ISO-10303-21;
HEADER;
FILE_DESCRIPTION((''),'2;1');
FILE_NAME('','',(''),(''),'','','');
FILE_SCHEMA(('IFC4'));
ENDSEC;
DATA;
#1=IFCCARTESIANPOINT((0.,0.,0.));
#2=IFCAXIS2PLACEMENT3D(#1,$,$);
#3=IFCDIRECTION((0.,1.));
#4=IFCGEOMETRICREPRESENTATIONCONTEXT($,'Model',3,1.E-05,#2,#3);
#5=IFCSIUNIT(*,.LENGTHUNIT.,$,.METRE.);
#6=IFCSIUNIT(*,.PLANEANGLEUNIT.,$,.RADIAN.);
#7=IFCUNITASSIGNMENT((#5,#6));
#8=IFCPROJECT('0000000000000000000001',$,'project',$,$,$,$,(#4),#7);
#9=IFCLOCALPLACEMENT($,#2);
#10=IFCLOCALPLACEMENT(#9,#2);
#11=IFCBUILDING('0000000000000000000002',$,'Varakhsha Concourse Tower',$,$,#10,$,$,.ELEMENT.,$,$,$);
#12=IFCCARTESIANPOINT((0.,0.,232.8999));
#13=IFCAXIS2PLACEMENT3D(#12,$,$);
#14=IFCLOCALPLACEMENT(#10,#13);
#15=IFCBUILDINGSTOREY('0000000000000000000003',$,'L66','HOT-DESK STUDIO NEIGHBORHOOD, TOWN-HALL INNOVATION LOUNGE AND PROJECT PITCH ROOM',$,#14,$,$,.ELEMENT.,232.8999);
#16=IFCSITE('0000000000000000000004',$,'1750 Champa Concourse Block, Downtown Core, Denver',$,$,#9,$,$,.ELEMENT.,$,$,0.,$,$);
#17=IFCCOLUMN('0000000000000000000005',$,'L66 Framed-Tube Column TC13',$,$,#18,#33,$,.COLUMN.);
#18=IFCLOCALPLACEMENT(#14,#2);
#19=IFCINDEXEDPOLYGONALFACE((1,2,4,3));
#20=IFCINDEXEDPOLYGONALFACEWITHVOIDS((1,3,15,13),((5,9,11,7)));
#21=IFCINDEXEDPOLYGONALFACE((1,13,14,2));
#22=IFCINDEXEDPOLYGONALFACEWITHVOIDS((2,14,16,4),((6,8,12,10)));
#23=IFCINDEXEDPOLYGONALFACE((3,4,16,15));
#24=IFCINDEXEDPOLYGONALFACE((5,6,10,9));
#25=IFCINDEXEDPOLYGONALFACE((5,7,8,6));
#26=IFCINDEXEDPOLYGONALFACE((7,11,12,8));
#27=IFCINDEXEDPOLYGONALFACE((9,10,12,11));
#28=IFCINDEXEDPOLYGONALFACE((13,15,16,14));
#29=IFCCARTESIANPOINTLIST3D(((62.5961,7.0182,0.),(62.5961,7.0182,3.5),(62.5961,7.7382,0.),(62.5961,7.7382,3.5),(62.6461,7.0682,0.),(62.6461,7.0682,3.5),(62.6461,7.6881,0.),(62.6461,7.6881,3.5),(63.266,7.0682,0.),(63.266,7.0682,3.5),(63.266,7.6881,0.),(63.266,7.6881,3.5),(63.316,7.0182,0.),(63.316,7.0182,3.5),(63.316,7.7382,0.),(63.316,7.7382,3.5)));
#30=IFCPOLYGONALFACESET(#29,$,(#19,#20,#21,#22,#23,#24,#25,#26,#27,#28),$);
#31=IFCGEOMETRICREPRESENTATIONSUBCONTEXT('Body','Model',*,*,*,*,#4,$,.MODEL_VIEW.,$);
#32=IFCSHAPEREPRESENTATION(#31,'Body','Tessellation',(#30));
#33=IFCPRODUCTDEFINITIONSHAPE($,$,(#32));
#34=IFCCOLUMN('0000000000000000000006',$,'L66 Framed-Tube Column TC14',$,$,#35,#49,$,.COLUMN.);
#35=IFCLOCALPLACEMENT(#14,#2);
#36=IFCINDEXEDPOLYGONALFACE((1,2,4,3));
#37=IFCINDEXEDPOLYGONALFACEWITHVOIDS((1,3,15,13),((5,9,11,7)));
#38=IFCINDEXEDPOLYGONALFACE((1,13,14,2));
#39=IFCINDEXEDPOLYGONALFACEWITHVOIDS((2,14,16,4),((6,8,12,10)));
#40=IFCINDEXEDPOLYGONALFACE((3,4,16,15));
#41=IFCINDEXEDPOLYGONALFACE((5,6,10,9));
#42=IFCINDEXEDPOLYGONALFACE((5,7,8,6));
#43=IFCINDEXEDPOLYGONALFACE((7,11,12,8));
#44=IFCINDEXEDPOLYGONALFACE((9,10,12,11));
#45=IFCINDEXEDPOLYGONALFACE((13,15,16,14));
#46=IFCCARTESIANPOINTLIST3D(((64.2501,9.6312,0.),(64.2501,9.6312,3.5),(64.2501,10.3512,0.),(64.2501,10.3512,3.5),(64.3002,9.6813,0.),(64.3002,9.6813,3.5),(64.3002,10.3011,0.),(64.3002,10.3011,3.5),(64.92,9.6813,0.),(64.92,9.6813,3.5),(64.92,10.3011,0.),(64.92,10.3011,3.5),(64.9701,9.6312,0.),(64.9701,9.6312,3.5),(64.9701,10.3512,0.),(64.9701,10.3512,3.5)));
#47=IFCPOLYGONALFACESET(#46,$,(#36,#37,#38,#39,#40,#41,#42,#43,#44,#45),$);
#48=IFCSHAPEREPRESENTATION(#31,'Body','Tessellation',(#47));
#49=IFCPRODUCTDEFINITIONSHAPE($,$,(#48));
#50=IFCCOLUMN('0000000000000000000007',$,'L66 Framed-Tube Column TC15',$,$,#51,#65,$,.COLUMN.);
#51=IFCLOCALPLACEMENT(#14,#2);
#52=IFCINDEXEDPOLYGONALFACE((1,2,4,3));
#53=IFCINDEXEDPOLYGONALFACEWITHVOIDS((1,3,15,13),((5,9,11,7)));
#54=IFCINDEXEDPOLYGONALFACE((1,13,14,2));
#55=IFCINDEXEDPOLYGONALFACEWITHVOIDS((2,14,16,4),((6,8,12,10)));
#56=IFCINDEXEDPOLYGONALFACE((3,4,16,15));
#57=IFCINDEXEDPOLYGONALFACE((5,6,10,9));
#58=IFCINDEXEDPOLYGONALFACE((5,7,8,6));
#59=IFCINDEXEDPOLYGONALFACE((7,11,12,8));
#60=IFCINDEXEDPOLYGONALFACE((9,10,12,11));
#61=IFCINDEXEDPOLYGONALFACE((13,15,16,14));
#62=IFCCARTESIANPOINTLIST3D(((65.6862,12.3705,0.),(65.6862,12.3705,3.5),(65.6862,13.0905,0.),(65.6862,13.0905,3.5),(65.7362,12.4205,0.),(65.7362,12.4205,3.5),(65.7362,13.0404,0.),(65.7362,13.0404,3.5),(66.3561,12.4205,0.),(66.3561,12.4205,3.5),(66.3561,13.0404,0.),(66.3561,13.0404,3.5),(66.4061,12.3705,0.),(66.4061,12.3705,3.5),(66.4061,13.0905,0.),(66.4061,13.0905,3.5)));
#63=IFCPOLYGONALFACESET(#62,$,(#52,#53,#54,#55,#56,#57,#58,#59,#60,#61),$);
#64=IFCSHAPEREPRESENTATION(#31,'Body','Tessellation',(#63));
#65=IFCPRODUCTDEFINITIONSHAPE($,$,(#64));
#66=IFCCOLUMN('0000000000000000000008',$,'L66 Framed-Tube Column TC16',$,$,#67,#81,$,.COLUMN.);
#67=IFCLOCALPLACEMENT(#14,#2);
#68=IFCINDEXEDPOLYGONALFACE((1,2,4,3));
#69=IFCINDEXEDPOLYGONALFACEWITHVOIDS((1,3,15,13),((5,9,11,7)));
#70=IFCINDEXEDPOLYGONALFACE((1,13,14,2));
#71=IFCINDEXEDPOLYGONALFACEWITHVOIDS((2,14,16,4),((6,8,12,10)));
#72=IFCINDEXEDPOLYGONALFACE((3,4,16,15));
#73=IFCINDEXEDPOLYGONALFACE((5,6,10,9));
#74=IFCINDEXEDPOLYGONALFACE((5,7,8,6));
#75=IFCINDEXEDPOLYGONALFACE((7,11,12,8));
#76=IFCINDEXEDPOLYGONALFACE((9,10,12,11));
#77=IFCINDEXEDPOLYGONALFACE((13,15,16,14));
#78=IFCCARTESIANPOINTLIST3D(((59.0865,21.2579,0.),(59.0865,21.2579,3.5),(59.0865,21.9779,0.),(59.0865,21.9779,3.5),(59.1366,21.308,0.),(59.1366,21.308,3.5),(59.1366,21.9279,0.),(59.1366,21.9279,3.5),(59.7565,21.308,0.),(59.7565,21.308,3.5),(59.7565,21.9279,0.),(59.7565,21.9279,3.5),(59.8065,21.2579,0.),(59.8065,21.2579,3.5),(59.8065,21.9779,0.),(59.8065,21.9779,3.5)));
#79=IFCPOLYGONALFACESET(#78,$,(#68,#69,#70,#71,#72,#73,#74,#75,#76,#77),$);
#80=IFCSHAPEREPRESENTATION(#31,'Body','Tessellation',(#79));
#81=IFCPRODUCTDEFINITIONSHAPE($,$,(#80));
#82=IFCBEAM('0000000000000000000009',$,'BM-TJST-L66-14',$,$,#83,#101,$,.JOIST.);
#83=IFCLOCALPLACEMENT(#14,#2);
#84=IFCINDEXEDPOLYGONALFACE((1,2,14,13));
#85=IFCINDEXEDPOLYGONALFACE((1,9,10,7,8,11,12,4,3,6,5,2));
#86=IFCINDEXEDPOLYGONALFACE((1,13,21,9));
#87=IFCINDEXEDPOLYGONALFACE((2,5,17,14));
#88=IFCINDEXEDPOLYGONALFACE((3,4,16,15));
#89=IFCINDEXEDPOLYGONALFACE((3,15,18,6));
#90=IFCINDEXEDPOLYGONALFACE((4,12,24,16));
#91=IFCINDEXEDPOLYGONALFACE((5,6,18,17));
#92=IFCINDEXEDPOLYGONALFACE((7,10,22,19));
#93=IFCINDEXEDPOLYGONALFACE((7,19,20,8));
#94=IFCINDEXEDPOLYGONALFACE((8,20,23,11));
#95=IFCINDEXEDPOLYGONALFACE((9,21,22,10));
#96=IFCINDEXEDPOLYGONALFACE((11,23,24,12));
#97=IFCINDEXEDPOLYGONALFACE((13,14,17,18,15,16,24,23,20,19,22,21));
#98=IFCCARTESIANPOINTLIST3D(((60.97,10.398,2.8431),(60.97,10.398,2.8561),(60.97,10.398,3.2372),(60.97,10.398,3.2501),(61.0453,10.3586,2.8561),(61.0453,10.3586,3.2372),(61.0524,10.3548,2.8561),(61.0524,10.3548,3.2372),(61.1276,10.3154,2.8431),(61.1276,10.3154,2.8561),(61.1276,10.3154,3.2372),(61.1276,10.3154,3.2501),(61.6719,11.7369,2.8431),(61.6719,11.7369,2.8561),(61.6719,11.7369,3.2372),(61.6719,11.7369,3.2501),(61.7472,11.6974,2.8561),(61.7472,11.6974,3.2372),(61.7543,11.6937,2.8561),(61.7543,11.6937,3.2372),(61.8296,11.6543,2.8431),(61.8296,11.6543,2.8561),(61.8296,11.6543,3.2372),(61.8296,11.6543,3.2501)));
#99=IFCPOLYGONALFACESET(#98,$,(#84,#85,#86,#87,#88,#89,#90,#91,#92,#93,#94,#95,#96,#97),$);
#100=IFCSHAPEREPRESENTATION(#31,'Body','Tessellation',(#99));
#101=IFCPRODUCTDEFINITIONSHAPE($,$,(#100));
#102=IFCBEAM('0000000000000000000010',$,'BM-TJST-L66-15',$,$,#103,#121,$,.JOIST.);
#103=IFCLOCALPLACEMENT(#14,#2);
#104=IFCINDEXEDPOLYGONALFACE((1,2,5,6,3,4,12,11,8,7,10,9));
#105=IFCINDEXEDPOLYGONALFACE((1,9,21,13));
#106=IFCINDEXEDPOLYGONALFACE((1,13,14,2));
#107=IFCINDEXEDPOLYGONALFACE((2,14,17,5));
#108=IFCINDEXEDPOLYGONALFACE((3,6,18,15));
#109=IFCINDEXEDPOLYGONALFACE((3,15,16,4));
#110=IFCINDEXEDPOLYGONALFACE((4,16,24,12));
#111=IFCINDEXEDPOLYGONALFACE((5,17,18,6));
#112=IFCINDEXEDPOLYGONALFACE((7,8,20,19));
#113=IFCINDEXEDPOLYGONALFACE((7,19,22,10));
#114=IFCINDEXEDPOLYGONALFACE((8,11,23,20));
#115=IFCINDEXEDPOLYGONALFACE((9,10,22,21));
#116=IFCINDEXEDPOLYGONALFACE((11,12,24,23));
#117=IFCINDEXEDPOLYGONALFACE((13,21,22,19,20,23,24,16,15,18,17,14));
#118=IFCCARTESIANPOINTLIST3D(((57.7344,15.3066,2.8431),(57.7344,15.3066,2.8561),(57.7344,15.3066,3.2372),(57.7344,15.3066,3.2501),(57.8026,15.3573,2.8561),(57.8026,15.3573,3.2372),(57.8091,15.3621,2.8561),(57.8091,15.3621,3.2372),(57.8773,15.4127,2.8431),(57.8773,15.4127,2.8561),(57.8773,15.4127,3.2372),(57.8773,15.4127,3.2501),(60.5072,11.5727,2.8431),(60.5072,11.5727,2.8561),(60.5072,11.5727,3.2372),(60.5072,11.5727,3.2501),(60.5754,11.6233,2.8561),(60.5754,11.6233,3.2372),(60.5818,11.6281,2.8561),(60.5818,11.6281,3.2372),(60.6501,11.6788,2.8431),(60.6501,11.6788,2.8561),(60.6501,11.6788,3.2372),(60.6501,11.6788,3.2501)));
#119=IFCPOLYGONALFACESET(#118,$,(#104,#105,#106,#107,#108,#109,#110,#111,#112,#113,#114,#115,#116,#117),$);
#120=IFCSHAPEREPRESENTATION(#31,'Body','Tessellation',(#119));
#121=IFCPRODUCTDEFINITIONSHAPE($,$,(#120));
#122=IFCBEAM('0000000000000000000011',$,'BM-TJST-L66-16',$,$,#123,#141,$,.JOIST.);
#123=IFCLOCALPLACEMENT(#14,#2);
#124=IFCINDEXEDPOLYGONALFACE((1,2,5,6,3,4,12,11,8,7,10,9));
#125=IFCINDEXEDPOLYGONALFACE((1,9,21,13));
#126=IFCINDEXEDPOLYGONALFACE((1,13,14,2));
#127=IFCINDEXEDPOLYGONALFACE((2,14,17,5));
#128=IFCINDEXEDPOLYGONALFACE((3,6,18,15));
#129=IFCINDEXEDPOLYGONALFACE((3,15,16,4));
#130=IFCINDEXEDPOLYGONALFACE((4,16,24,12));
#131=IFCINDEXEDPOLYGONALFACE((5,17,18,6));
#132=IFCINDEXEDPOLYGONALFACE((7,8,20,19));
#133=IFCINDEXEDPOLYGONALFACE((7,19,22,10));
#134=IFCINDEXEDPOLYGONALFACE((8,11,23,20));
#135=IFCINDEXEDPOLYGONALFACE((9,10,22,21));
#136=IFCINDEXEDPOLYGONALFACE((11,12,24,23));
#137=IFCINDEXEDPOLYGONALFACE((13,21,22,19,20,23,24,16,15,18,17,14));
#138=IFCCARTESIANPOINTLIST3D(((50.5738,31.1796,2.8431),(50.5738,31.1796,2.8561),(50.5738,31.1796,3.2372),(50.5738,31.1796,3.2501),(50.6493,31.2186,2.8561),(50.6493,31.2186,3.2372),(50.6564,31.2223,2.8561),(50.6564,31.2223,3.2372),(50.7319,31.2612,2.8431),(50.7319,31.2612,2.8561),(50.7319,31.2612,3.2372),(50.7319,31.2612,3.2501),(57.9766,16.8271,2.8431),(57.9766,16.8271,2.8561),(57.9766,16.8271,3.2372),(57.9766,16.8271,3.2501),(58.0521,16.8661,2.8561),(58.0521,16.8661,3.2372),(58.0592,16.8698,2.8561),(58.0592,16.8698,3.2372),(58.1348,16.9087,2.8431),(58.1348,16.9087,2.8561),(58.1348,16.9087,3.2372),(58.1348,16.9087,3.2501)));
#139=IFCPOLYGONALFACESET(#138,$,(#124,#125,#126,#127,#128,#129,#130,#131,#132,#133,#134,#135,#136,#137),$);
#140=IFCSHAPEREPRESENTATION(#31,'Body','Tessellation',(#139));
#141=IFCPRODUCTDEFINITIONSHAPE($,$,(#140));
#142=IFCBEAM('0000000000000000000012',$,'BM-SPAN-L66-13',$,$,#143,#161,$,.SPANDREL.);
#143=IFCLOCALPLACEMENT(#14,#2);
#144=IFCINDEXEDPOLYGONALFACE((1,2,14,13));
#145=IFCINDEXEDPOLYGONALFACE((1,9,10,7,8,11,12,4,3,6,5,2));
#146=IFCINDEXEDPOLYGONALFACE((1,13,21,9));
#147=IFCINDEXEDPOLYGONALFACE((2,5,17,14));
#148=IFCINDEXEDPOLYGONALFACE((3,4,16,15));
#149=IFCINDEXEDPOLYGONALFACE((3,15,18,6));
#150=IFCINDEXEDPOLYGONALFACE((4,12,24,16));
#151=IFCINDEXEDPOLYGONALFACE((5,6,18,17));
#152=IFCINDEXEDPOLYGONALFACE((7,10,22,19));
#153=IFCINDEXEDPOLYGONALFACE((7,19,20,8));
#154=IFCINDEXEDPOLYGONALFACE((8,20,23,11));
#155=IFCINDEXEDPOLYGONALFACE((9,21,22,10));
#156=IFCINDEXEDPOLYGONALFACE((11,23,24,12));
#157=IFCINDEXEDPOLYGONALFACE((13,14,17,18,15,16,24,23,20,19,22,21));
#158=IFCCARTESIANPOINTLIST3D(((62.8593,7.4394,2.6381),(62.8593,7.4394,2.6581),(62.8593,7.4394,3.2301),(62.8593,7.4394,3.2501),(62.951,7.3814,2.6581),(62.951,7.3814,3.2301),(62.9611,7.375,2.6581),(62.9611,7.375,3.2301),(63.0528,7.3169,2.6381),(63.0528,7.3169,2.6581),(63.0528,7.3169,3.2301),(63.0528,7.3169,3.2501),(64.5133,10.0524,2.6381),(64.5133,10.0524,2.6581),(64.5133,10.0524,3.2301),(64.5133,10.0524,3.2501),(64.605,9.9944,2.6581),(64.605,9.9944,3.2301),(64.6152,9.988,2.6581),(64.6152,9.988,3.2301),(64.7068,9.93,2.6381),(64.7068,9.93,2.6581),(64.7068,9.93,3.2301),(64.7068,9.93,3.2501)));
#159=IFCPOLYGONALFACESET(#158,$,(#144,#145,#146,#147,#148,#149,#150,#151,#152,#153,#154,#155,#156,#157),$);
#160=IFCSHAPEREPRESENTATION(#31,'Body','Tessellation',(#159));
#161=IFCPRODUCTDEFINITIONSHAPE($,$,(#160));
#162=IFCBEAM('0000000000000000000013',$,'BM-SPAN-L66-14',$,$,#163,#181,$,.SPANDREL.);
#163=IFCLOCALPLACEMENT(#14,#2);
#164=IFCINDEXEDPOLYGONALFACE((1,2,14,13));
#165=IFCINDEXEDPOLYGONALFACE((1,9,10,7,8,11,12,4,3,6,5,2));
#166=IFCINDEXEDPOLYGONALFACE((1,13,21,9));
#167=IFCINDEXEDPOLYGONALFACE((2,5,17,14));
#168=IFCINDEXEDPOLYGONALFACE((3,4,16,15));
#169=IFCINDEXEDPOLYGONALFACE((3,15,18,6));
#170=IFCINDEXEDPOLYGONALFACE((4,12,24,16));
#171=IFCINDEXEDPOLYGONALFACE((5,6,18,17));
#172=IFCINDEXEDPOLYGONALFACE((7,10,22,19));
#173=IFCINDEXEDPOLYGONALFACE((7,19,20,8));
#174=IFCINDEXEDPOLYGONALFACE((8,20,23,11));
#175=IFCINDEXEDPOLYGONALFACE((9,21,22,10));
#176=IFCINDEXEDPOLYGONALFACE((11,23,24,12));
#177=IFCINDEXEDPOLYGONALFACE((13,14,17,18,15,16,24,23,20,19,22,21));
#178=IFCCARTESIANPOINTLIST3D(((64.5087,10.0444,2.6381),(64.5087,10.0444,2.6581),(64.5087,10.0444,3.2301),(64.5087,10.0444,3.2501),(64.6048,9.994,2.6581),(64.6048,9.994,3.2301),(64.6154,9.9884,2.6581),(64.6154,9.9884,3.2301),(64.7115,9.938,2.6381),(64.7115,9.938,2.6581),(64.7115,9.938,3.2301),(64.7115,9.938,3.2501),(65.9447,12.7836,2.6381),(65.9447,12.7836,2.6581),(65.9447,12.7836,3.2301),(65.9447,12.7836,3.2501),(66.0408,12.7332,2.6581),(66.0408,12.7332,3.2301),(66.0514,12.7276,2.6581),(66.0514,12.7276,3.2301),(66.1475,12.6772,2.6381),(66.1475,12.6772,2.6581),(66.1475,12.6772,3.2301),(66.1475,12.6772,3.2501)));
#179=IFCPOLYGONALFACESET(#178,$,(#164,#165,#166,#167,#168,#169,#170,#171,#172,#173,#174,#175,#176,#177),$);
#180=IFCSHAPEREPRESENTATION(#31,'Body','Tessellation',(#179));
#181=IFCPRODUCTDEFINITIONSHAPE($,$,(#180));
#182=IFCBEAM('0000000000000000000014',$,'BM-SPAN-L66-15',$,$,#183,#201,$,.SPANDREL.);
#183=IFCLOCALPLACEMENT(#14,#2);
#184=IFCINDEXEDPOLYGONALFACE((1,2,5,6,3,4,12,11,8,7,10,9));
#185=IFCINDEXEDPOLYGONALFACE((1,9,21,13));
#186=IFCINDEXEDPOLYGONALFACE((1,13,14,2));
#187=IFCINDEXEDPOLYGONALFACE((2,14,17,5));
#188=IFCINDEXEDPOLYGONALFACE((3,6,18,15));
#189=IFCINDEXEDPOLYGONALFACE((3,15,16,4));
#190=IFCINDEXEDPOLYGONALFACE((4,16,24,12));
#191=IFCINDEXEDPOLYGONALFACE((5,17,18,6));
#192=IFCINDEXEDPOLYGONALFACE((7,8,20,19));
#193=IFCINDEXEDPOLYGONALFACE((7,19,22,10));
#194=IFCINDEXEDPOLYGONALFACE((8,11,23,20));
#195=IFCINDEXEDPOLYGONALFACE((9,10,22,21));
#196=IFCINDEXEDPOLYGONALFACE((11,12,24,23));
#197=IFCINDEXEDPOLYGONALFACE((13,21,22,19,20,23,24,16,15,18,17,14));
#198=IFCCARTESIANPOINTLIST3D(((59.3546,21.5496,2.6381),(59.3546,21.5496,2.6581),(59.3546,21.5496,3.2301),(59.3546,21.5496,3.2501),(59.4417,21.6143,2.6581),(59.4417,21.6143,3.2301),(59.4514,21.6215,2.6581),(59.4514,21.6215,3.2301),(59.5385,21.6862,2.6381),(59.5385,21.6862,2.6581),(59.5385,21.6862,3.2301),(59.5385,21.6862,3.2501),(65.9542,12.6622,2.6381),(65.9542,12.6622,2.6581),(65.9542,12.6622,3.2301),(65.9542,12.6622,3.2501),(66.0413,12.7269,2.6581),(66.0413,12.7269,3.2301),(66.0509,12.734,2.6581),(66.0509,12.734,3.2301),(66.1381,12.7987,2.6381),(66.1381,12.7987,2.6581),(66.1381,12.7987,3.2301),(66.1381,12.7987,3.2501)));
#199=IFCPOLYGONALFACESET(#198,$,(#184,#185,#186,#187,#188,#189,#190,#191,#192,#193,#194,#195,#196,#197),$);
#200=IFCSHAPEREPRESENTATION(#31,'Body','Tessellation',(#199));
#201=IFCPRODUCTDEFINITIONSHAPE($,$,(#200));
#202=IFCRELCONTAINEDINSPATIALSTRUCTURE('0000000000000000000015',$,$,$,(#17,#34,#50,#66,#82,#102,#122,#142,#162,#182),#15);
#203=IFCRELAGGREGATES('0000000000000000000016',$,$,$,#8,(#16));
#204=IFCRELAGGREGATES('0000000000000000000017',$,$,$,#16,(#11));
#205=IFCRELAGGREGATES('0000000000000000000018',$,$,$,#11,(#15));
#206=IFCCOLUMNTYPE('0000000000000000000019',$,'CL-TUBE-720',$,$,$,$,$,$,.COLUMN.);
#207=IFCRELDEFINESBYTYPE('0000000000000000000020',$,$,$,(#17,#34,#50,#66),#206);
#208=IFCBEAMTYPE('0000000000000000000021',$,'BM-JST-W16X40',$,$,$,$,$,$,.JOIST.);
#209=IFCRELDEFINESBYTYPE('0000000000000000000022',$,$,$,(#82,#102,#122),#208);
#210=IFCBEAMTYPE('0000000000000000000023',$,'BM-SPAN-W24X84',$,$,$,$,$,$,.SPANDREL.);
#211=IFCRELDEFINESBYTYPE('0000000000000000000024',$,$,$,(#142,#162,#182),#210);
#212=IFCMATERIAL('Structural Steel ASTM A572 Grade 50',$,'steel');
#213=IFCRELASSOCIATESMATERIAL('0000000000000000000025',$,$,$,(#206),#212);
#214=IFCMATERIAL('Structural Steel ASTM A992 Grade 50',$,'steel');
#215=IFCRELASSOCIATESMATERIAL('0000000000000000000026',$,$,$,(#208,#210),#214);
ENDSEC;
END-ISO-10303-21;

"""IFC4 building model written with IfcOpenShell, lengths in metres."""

from ifc_helpers import new_model, si_unit, direction, frame, origin, origin_2d, place, context, subcontext, project, spatial, hollow_rectangle, i_section, extrude, material, material_profile, profile_set, type_object, element, save


model = new_model("IFC4")

# Units and contexts
model_context = context("Model", 3, precision=1e-05, world=origin(), true_north=direction((0.0, 1.0)))
body_context = subcontext(model_context, "Body", "Model", "MODEL_VIEW")
ifc_project = project(units=[si_unit("LENGTHUNIT", "METRE"), si_unit("PLANEANGLEUNIT", "RADIAN")], contexts=[model_context])

# Site, building, storey
site_placement = place(None, origin())
site = spatial("IfcSite", under=ifc_project, at=site_placement, Name="1750 Champa Concourse Block, Downtown Core, Denver", CompositionType="ELEMENT", RefElevation=0.0)
building_placement = place(site_placement, origin())
building = spatial("IfcBuilding", under=site, at=building_placement, Name="Varakhsha Concourse Tower", CompositionType="ELEMENT")
storey_placement = place(building_placement, frame((0.0, 0.0, 232.8999)))
storey = spatial("IfcBuildingStorey", under=building, at=storey_placement, Name="L66", Description="HOT-DESK STUDIO NEIGHBORHOOD, TOWN-HALL INNOVATION LOUNGE AND PROJECT PITCH ROOM", CompositionType="ELEMENT", Elevation=232.8999)

# Columns
ifc_material_1 = material(Name="Structural Steel ASTM A572 Grade 50", Category="steel")
ifc_material_profile_1 = material_profile(ifc_material_1, hollow_rectangle(XDim=0.72, YDim=0.72, WallThickness=0.05, at=origin_2d()), Name="BOX 720x720x50")
ifc_profile_set_1 = profile_set([ifc_material_profile_1], Name="Structural Steel ASTM A572 Grade 50")
column_type = type_object("IfcColumnType", Name="CL-TUBE-720", PredefinedType="COLUMN", material=ifc_profile_set_1)
for number, where, z_axis, x_axis, name in (
    (1, (62.9561, 7.3782, 0.0), (0.0, 0.0, 1.0), (1.0, 0.0, 0.0), "L66 Framed-Tube Column TC13"),
    (2, (64.6101, 9.9912, 0.0), (0.0, 0.0, 1.0), (1.0, 0.0, 0.0), "L66 Framed-Tube Column TC14"),
    (3, (66.0461, 12.7305, 0.0), (0.0, 0.0, 1.0), (1.0, 0.0, 0.0), "L66 Framed-Tube Column TC15"),
    (4, (59.4465, 21.6179, 0.0), (0.0, 0.0, 1.0), (1.0, 0.0, 0.0), "L66 Framed-Tube Column TC16"),
):
    element("IfcColumn", number, at=place(storey_placement, frame(where, z_axis=z_axis, x_axis=x_axis)), inside=storey, type_object=column_type, Name=name, PredefinedType="COLUMN", context=body_context, shape_type="SweptSolid", body=[
        extrude(hollow_rectangle(XDim=0.72, YDim=0.72, WallThickness=0.05, at=origin_2d()), origin(), (0.0, 0.0, 1.0), 3.5),
    ])

# Beams
ifc_material_2 = material(Name="Structural Steel ASTM A992 Grade 50", Category="steel")
ifc_material_profile_2 = material_profile(ifc_material_2, i_section(OverallWidth=0.178, OverallDepth=0.407, WebThickness=0.0081, FlangeThickness=0.0129, at=origin_2d()), Name="W16X40")
ifc_profile_set_2 = profile_set([ifc_material_profile_2], Name="Structural Steel ASTM A992 Grade 50")
beam_type_1 = type_object("IfcBeamType", Name="BM-JST-W16X40", PredefinedType="JOIST", material=ifc_profile_set_2)
beam_1_placement = place(storey_placement, frame((61.0488, 10.3567, 3.0466), z_axis=(0.464315, 0.88567, 0.0), x_axis=(-0.88567, 0.464315, 0.0)))
element("IfcBeam", 5, at=beam_1_placement, inside=storey, type_object=beam_type_1, Name="BM-TJST-L66-14", PredefinedType="JOIST", context=body_context, shape_type="SweptSolid", body=[
    extrude(i_section(OverallWidth=0.178, OverallDepth=0.407, WebThickness=0.0081, FlangeThickness=0.0129, at=origin_2d()), origin(), (0.0, 0.0, 1.0), 1.5117),
])
beam_2_placement = place(storey_placement, frame((60.5786, 11.6257, 3.0466), z_axis=(-0.59618, 0.802851, 0.0), x_axis=(-0.802851, -0.59618, 0.0)))
element("IfcBeam", 6, at=beam_2_placement, inside=storey, type_object=beam_type_1, Name="BM-TJST-L66-15", PredefinedType="JOIST", context=body_context, shape_type="SweptSolid", body=[
    extrude(i_section(OverallWidth=0.178, OverallDepth=0.407, WebThickness=0.0081, FlangeThickness=0.0129, at=origin_2d()), origin(), (0.0, 0.0, 1.0), 4.6509),
])
beam_3_placement = place(storey_placement, frame((58.0557, 16.8679, 3.0466), z_axis=(-0.458402, 0.888745, 0.0), x_axis=(-0.888745, -0.458402, 0.0)))
element("IfcBeam", 7, at=beam_3_placement, inside=storey, type_object=beam_type_1, Name="BM-TJST-L66-16", PredefinedType="JOIST", context=body_context, shape_type="SweptSolid", body=[
    extrude(i_section(OverallWidth=0.178, OverallDepth=0.407, WebThickness=0.0081, FlangeThickness=0.0129, at=origin_2d()), origin(), (0.0, 0.0, 1.0), 16.1492),
])
ifc_material_profile_3 = material_profile(ifc_material_2, i_section(OverallWidth=0.229, OverallDepth=0.6121, WebThickness=0.012, FlangeThickness=0.02, at=origin_2d()), Name="W24X84")
ifc_profile_set_3 = profile_set([ifc_material_profile_3], Name="Structural Steel ASTM A992 Grade 50")
beam_type_2 = type_object("IfcBeamType", Name="BM-SPAN-W24X84", PredefinedType="SPANDREL", material=ifc_profile_set_3)
beam_4_placement = place(storey_placement, frame((62.9561, 7.3782, 2.9441), z_axis=(0.534851, 0.844946, 0.0), x_axis=(-0.844946, 0.534851, 0.0)))
element("IfcBeam", 8, at=beam_4_placement, inside=storey, type_object=beam_type_2, Name="BM-SPAN-L66-13", PredefinedType="SPANDREL", context=body_context, shape_type="SweptSolid", body=[
    extrude(i_section(OverallWidth=0.229, OverallDepth=0.6121, WebThickness=0.012, FlangeThickness=0.02, at=origin_2d()), origin(), (0.0, 0.0, 1.0), 3.0925),
])
beam_5_placement = place(storey_placement, frame((64.6101, 9.9912, 2.9441), z_axis=(0.464308, 0.885674, 0.0), x_axis=(-0.885674, 0.464308, 0.0)))
element("IfcBeam", 9, at=beam_5_placement, inside=storey, type_object=beam_type_2, Name="BM-SPAN-L66-14", PredefinedType="SPANDREL", context=body_context, shape_type="SweptSolid", body=[
    extrude(i_section(OverallWidth=0.229, OverallDepth=0.6121, WebThickness=0.012, FlangeThickness=0.02, at=origin_2d()), origin(), (0.0, 0.0, 1.0), 3.0928),
])
beam_6_placement = place(storey_placement, frame((66.0461, 12.7305, 2.9441), z_axis=(-0.596179, 0.802852, 0.0), x_axis=(-0.802852, -0.596179, 0.0)))
element("IfcBeam", 10, at=beam_6_placement, inside=storey, type_object=beam_type_2, Name="BM-SPAN-L66-15", PredefinedType="SPANDREL", context=body_context, shape_type="SweptSolid", body=[
    extrude(i_section(OverallWidth=0.229, OverallDepth=0.6121, WebThickness=0.012, FlangeThickness=0.02, at=origin_2d()), origin(), (0.0, 0.0, 1.0), 11.0698),
])

save(model, "model.ifc")
